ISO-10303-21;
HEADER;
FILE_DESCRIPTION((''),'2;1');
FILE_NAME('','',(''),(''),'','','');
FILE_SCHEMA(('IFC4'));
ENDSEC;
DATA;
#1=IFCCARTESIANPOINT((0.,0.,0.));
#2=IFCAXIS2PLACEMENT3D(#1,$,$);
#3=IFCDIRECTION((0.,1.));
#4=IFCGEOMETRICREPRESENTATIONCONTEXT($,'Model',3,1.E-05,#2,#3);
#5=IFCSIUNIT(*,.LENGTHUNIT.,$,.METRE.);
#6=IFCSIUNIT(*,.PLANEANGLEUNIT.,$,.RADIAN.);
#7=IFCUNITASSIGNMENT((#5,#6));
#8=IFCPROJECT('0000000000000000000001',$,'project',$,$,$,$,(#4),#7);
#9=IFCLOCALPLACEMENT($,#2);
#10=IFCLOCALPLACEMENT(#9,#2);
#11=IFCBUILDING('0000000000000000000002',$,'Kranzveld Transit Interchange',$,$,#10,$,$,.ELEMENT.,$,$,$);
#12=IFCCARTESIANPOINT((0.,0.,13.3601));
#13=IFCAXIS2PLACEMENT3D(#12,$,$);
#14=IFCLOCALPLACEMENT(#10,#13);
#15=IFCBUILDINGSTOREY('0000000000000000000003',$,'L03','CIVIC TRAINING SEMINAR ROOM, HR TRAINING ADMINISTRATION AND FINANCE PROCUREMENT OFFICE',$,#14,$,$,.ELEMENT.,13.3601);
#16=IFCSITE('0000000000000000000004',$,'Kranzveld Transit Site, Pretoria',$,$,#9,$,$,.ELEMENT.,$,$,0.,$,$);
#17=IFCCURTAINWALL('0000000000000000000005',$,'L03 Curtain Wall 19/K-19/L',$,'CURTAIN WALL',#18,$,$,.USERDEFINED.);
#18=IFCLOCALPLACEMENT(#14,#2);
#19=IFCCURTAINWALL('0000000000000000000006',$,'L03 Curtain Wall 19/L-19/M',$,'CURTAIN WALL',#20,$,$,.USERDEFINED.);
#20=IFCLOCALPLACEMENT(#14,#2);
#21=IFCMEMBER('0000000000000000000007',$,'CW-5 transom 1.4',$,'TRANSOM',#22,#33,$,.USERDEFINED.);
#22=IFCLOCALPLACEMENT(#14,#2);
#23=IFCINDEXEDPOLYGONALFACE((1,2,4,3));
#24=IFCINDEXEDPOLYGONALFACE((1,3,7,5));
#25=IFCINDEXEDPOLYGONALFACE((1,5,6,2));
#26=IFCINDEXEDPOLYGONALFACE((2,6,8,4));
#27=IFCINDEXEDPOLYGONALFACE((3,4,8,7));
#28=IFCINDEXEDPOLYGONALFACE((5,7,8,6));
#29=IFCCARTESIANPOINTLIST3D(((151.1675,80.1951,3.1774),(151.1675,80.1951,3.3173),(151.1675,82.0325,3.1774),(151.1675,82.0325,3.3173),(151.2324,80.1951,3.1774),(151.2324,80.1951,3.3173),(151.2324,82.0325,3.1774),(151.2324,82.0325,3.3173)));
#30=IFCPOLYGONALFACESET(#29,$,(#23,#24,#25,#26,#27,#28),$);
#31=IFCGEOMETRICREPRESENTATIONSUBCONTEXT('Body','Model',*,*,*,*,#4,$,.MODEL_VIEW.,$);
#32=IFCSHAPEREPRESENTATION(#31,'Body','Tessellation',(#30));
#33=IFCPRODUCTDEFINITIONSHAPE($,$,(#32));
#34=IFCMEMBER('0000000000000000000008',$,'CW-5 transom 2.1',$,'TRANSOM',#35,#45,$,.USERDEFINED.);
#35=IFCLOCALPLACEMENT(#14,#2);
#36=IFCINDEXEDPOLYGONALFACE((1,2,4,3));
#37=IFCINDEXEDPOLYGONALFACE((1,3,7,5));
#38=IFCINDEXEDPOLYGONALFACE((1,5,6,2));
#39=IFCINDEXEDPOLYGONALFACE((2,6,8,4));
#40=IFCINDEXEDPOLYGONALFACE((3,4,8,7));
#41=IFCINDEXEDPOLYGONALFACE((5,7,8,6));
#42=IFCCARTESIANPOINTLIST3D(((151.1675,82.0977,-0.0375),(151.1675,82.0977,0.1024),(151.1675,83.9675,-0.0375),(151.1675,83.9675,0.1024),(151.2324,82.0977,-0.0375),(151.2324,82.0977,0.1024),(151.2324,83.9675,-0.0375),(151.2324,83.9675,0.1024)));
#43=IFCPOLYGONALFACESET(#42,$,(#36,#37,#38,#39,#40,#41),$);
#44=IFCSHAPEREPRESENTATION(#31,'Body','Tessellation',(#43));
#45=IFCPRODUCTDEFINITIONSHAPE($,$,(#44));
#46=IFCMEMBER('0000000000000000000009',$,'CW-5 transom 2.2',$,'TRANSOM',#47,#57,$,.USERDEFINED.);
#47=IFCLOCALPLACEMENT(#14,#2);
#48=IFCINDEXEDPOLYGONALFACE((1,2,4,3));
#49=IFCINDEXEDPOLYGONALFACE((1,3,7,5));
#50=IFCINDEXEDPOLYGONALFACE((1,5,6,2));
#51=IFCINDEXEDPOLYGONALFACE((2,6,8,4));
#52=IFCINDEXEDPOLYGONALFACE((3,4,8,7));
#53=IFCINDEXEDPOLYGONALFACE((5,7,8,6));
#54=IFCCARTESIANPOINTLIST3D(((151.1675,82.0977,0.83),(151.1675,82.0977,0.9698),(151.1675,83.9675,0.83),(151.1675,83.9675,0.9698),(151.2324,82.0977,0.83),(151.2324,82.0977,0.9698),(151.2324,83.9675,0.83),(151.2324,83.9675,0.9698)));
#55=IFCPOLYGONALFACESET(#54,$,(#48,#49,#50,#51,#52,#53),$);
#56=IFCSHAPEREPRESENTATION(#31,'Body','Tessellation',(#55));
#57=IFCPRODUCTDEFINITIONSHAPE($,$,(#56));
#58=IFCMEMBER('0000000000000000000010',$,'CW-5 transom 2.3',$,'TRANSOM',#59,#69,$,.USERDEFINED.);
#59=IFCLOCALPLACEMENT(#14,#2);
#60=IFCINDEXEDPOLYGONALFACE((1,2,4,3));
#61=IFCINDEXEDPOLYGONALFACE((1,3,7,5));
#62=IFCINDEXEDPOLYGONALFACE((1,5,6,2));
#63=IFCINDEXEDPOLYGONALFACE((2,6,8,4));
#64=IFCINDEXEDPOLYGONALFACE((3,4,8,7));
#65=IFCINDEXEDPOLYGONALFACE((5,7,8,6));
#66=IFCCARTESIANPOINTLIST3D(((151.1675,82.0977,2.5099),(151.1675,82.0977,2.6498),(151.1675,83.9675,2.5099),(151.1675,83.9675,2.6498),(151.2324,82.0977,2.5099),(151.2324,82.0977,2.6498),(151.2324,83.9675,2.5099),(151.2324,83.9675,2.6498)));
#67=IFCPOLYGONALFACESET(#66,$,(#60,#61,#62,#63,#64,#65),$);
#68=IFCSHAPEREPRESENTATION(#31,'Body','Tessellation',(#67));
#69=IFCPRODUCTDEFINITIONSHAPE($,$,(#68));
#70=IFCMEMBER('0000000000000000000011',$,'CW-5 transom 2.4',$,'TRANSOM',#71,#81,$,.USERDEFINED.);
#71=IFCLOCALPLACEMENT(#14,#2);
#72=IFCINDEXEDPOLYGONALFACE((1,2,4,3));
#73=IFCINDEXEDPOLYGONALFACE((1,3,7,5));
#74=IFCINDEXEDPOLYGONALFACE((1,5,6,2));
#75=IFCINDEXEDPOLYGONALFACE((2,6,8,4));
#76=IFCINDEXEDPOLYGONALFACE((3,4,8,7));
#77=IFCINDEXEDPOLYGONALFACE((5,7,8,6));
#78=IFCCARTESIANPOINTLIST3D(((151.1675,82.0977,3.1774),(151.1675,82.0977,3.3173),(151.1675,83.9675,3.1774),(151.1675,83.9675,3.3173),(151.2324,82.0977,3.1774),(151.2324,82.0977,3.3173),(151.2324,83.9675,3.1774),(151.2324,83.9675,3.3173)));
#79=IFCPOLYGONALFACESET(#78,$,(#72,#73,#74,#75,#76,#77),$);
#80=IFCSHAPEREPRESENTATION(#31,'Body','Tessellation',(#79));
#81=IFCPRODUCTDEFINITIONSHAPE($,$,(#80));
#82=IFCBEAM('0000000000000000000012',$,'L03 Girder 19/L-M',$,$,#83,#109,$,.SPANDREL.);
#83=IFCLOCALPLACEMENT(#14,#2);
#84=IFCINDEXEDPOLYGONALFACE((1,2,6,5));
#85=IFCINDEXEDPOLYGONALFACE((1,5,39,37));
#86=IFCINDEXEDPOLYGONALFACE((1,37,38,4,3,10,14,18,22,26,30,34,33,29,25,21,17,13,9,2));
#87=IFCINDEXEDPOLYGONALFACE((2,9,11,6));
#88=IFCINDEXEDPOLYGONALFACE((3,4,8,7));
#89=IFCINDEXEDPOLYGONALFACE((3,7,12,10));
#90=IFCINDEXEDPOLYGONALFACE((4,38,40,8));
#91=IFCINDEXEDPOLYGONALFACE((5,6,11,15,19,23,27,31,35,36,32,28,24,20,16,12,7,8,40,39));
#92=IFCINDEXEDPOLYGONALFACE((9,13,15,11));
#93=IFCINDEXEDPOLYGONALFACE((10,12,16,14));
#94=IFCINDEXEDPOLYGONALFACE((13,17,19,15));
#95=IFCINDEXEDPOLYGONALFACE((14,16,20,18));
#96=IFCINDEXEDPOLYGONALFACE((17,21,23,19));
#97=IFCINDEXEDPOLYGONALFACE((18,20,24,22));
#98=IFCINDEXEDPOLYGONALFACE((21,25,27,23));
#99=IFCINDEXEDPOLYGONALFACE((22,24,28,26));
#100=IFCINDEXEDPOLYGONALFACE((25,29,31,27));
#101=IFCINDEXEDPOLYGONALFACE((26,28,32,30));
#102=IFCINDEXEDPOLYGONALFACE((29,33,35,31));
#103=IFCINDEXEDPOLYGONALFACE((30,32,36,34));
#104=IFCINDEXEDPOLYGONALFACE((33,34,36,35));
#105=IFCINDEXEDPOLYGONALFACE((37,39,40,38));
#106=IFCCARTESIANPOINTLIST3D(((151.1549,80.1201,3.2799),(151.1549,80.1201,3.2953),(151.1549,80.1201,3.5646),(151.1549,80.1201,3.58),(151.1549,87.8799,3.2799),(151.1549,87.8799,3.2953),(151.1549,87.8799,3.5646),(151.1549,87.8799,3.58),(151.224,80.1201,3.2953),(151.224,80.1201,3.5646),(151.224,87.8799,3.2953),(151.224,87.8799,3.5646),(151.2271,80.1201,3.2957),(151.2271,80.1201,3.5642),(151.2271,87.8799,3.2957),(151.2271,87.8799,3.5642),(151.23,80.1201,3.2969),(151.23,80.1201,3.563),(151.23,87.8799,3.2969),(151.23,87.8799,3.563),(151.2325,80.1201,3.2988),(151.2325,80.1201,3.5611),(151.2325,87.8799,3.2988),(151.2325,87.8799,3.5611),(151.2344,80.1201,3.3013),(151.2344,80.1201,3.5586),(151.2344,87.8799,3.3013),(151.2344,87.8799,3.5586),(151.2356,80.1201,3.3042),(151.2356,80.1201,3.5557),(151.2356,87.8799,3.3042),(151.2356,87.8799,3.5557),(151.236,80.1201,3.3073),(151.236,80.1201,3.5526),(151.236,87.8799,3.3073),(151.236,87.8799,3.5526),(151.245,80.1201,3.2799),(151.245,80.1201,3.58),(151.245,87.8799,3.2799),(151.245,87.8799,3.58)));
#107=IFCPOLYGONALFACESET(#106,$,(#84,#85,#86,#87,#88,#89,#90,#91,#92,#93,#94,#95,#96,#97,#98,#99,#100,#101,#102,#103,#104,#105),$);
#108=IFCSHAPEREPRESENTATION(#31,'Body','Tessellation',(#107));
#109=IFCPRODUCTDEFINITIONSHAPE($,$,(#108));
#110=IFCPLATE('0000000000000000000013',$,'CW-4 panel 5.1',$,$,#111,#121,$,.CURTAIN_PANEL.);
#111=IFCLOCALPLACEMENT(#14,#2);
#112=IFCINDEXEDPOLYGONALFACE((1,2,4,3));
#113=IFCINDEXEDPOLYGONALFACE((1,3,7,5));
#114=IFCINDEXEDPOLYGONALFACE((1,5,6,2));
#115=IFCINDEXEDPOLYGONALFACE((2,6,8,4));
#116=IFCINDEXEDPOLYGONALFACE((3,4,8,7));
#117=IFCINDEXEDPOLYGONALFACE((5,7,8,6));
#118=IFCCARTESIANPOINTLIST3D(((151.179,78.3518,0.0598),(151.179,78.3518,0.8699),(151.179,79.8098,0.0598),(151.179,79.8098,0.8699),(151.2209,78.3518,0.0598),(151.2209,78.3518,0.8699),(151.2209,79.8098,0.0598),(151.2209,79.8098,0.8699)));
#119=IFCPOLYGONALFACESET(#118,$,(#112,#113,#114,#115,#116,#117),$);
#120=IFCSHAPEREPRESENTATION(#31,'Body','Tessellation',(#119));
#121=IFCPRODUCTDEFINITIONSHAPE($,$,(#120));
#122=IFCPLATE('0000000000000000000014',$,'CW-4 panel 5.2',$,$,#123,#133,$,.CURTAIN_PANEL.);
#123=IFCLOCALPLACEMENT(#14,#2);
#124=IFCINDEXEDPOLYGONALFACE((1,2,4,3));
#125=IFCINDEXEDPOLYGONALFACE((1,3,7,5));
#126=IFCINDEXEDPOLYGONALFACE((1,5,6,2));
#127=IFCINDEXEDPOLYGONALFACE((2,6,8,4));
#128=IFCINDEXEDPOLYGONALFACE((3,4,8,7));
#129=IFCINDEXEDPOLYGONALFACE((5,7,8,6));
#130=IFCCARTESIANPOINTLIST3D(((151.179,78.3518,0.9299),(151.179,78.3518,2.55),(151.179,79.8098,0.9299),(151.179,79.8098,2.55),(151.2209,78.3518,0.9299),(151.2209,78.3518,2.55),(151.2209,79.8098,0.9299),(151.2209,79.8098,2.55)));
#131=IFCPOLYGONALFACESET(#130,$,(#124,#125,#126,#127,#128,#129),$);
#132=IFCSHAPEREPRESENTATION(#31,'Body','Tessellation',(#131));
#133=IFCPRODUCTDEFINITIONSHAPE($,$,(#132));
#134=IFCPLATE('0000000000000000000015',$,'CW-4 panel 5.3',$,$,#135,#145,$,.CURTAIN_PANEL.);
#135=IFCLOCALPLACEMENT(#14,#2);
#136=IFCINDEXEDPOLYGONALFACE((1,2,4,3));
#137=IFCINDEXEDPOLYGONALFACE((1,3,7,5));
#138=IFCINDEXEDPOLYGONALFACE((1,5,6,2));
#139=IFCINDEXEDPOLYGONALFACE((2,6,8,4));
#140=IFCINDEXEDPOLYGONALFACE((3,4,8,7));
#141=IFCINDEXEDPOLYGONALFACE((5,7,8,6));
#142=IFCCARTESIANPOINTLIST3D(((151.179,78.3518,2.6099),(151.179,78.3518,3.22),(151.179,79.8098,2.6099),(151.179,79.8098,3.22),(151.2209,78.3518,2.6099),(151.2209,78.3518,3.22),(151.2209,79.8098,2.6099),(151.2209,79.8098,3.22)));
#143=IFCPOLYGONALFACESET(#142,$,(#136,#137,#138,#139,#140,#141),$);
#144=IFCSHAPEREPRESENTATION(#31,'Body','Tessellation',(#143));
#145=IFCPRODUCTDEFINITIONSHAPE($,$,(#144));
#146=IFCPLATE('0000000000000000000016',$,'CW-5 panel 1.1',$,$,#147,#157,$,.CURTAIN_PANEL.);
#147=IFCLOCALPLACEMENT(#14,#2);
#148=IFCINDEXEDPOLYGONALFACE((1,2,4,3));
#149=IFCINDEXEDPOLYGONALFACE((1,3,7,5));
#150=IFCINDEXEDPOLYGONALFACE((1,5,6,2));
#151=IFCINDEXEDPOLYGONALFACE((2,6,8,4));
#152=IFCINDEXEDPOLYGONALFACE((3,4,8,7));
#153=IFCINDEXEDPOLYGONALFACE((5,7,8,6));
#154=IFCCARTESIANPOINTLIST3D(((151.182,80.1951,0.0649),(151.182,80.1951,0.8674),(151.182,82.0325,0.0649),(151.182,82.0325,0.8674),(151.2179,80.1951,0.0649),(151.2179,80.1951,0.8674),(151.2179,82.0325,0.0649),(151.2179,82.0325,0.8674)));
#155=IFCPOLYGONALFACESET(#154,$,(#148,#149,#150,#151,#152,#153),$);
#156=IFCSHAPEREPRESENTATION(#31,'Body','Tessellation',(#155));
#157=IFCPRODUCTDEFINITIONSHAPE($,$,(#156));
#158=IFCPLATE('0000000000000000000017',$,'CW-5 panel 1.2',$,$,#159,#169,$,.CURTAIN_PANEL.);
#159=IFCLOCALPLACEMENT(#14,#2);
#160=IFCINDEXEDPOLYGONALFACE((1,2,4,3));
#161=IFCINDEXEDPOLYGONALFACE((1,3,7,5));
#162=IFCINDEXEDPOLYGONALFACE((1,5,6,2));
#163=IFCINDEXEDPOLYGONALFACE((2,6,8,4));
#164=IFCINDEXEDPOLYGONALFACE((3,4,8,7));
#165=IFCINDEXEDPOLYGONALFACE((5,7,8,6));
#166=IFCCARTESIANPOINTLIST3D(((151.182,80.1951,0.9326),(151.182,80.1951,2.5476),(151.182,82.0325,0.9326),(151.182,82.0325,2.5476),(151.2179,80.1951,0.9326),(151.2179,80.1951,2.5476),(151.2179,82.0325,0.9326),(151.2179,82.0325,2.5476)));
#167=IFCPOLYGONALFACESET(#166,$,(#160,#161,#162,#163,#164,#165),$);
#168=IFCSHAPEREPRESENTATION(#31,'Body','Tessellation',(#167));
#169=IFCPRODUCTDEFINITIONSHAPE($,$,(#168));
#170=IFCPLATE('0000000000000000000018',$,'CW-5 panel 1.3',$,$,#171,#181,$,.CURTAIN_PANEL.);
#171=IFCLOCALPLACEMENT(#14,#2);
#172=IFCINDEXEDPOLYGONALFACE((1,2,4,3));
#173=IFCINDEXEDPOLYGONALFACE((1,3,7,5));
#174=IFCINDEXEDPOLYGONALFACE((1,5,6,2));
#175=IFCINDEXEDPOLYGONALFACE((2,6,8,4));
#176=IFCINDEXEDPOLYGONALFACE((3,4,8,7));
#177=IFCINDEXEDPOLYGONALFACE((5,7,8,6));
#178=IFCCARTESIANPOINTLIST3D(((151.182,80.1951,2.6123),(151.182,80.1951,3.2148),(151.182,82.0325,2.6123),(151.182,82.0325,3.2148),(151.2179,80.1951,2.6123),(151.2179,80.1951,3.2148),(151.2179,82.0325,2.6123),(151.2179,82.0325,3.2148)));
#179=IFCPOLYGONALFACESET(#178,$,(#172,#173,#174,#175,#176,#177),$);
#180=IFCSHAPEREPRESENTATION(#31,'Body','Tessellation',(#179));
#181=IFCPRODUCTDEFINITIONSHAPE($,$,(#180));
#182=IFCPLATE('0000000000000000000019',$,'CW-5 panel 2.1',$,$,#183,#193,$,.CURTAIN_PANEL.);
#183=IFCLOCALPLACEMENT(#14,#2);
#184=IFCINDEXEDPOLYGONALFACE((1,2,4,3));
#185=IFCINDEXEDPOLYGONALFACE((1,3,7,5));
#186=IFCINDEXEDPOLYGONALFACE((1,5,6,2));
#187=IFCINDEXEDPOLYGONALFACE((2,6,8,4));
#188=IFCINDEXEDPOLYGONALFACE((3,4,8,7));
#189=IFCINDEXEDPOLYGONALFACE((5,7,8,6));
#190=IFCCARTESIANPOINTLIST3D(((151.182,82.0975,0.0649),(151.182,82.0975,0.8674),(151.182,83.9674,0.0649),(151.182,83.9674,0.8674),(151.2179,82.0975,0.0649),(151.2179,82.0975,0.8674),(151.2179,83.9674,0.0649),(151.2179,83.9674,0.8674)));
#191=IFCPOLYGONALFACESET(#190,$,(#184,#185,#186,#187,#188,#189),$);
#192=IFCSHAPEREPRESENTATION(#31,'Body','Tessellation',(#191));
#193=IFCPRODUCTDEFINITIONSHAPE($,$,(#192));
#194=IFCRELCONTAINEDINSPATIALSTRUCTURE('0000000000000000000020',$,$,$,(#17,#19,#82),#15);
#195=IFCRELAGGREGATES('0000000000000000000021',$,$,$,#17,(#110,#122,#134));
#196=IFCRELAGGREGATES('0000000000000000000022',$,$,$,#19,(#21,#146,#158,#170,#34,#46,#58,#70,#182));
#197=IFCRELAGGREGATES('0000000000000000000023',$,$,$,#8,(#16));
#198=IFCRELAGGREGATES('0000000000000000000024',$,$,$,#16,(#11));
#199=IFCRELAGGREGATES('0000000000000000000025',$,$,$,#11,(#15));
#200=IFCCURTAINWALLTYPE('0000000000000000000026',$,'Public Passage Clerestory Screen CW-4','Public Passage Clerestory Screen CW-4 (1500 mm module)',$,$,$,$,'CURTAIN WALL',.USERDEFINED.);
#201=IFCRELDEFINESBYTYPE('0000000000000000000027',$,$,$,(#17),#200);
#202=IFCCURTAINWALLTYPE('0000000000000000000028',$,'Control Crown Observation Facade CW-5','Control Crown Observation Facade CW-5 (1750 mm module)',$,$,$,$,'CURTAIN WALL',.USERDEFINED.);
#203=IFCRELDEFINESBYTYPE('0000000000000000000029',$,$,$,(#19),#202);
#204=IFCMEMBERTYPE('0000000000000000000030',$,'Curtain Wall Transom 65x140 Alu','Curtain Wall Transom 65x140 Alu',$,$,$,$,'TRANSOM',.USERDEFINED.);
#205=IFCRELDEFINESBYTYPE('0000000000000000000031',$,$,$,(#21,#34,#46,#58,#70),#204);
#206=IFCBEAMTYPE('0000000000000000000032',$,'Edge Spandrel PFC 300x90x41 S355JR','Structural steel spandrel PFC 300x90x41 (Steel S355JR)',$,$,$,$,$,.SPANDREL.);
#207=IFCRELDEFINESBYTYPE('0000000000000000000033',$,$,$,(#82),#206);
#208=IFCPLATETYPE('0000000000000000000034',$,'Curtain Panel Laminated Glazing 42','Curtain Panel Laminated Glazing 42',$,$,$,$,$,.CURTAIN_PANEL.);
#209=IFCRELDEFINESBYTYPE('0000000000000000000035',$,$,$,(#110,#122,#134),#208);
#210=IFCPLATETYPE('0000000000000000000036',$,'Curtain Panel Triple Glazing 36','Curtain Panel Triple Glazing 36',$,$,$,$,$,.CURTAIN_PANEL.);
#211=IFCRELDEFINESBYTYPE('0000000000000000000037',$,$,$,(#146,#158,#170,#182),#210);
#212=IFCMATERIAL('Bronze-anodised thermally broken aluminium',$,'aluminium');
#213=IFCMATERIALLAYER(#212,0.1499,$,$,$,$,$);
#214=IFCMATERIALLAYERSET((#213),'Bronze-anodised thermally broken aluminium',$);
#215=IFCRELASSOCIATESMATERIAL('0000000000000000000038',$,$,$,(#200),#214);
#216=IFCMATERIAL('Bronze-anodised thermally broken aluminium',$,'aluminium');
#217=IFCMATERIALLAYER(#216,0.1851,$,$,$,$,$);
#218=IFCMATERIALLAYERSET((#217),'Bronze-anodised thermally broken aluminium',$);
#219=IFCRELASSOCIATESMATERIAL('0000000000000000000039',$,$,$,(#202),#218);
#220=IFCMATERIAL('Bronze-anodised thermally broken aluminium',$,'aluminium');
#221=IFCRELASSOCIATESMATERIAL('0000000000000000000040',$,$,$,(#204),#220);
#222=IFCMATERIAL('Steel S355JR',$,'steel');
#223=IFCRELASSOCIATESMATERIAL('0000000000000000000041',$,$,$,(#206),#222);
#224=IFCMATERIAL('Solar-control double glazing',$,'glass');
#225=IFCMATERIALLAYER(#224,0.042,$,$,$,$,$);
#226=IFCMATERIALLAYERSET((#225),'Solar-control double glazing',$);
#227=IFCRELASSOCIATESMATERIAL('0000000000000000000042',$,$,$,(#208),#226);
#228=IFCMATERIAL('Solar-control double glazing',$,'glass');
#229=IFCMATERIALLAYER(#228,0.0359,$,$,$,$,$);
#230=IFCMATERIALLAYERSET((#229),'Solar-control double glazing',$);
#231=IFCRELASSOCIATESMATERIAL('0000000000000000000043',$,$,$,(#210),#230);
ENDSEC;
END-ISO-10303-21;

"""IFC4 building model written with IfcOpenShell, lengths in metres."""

from ifc_helpers import new_model, si_unit, direction, frame, origin, origin_2d, place, context, subcontext, project, spatial, rectangle, u_section, extrude, material, layer, layer_set, material_profile, profile_set, type_object, element, aggregate, save


model = new_model("IFC4")

# Units and contexts
model_context = context("Model", 3, precision=1e-05, world=origin(), true_north=direction((0.0, 1.0)))
body_context = subcontext(model_context, "Body", "Model", "MODEL_VIEW")
ifc_project = project(units=[si_unit("LENGTHUNIT", "METRE"), si_unit("PLANEANGLEUNIT", "RADIAN")], contexts=[model_context])

# Site, building, storey
site_placement = place(None, origin())
site = spatial("IfcSite", under=ifc_project, at=site_placement, Name="Kranzveld Transit Site, Pretoria", CompositionType="ELEMENT", RefElevation=0.0)
building_placement = place(site_placement, origin())
building = spatial("IfcBuilding", under=site, at=building_placement, Name="Kranzveld Transit Interchange", CompositionType="ELEMENT")
storey_placement = place(building_placement, frame((0.0, 0.0, 13.3601)))
storey = spatial("IfcBuildingStorey", under=building, at=storey_placement, Name="L03", Description="CIVIC TRAINING SEMINAR ROOM, HR TRAINING ADMINISTRATION AND FINANCE PROCUREMENT OFFICE", CompositionType="ELEMENT", Elevation=13.3601)

# Curtain wall
ifc_material_1 = material(Name="Bronze-anodised thermally broken aluminium", Category="aluminium")
ifc_layer_1 = layer(ifc_material_1, 0.1499)
ifc_layer_set_1 = layer_set([ifc_layer_1], Name="Bronze-anodised thermally broken aluminium")
curtain_wall_type_1 = type_object("IfcCurtainWallType", Name="Public Passage Clerestory Screen CW-4", Description="Public Passage Clerestory Screen CW-4 (1500 mm module)", ElementType="CURTAIN WALL", PredefinedType="USERDEFINED", material=ifc_layer_set_1)
curtain_wall_1_placement = place(storey_placement, origin())
curtain_wall_1 = element("IfcCurtainWall", 1, at=curtain_wall_1_placement, inside=storey, type_object=curtain_wall_type_1, Name="L03 Curtain Wall 19/K-19/L", ObjectType="CURTAIN WALL", PredefinedType="USERDEFINED")

# Curtain wall
ifc_material_2 = material(Name="Bronze-anodised thermally broken aluminium", Category="aluminium")
ifc_layer_2 = layer(ifc_material_2, 0.1851)
ifc_layer_set_2 = layer_set([ifc_layer_2], Name="Bronze-anodised thermally broken aluminium")
curtain_wall_type_2 = type_object("IfcCurtainWallType", Name="Control Crown Observation Facade CW-5", Description="Control Crown Observation Facade CW-5 (1750 mm module)", ElementType="CURTAIN WALL", PredefinedType="USERDEFINED", material=ifc_layer_set_2)
curtain_wall_2_placement = place(storey_placement, origin())
curtain_wall_2 = element("IfcCurtainWall", 2, at=curtain_wall_2_placement, inside=storey, type_object=curtain_wall_type_2, Name="L03 Curtain Wall 19/L-19/M", ObjectType="CURTAIN WALL", PredefinedType="USERDEFINED")

# Members
ifc_material_3 = material(Name="Bronze-anodised thermally broken aluminium", Category="aluminium")
ifc_material_profile_1 = material_profile(ifc_material_3, rectangle(XDim=0.0649, YDim=0.1399, at=origin_2d()), Name="ALU TRANSOM 65x140")
ifc_profile_set_1 = profile_set([ifc_material_profile_1], Name="Bronze-anodised thermally broken aluminium")
member_type_1 = type_object("IfcMemberType", Name="Curtain Wall Transom 65x140 Alu", Description="Curtain Wall Transom 65x140 Alu", ElementType="TRANSOM", PredefinedType="USERDEFINED", material=ifc_profile_set_1)
member_1_placement = place(storey_placement, frame((151.2, 80.1951, 3.2473), z_axis=(0.0, 1.0, 0.0), x_axis=(-1.0, 0.0, 0.0)))
member_1 = element("IfcMember", 3, at=member_1_placement, type_object=member_type_1, Name="CW-5 transom 1.4", ObjectType="TRANSOM", PredefinedType="USERDEFINED", context=body_context, shape_type="SweptSolid", body=[
    extrude(rectangle(XDim=0.0649, YDim=0.1399, at=origin_2d()), origin(), (0.0, 0.0, 1.0), 1.8374),
])
member_2_placement = place(storey_placement, frame((151.2, 82.0977, 0.0325), z_axis=(0.0, 1.0, 0.0), x_axis=(-1.0, 0.0, 0.0)))
member_2 = element("IfcMember", 4, at=member_2_placement, type_object=member_type_1, Name="CW-5 transom 2.1", ObjectType="TRANSOM", PredefinedType="USERDEFINED", context=body_context, shape_type="SweptSolid", body=[
    extrude(rectangle(XDim=0.0649, YDim=0.1399, at=origin_2d()), origin(), (0.0, 0.0, 1.0), 1.8699),
])
member_3_placement = place(storey_placement, frame((151.2, 82.0977, 0.8999), z_axis=(0.0, 1.0, 0.0), x_axis=(-1.0, 0.0, 0.0)))
member_3 = element("IfcMember", 5, at=member_3_placement, type_object=member_type_1, Name="CW-5 transom 2.2", ObjectType="TRANSOM", PredefinedType="USERDEFINED", context=body_context, shape_type="SweptSolid", body=[
    extrude(rectangle(XDim=0.0649, YDim=0.1399, at=origin_2d()), origin(), (0.0, 0.0, 1.0), 1.8699),
])
member_4_placement = place(storey_placement, frame((151.2, 82.0977, 2.5798), z_axis=(0.0, 1.0, 0.0), x_axis=(-1.0, 0.0, 0.0)))
member_4 = element("IfcMember", 6, at=member_4_placement, type_object=member_type_1, Name="CW-5 transom 2.3", ObjectType="TRANSOM", PredefinedType="USERDEFINED", context=body_context, shape_type="SweptSolid", body=[
    extrude(rectangle(XDim=0.0649, YDim=0.1399, at=origin_2d()), origin(), (0.0, 0.0, 1.0), 1.8699),
])
member_5_placement = place(storey_placement, frame((151.2, 82.0977, 3.2473), z_axis=(0.0, 1.0, 0.0), x_axis=(-1.0, 0.0, 0.0)))
member_5 = element("IfcMember", 7, at=member_5_placement, type_object=member_type_1, Name="CW-5 transom 2.4", ObjectType="TRANSOM", PredefinedType="USERDEFINED", context=body_context, shape_type="SweptSolid", body=[
    extrude(rectangle(XDim=0.0649, YDim=0.1399, at=origin_2d()), origin(), (0.0, 0.0, 1.0), 1.8699),
])

# Beam
ifc_material_4 = material(Name="Steel S355JR", Category="steel")
ifc_material_profile_2 = material_profile(ifc_material_4, u_section(Depth=0.3, FlangeWidth=0.0901, WebThickness=0.009, FlangeThickness=0.0154, FilletRadius=0.012, at=origin_2d()), Name="PFC 300x90x41")
ifc_profile_set_2 = profile_set([ifc_material_profile_2], Name="Steel S355JR")
beam_type = type_object("IfcBeamType", Name="Edge Spandrel PFC 300x90x41 S355JR", Description="Structural steel spandrel PFC 300x90x41 (Steel S355JR)", PredefinedType="SPANDREL", material=ifc_profile_set_2)
beam_placement = place(storey_placement, frame((151.2, 80.1201, 3.4299), z_axis=(0.0, 1.0, 0.0), x_axis=(-1.0, 0.0, 0.0)))
element("IfcBeam", 8, at=beam_placement, inside=storey, type_object=beam_type, Name="L03 Girder 19/L-M", PredefinedType="SPANDREL", context=body_context, shape_type="SweptSolid", body=[
    extrude(u_section(Depth=0.3, FlangeWidth=0.0901, WebThickness=0.009, FlangeThickness=0.0154, FilletRadius=0.012, at=origin_2d()), origin(), (0.0, 0.0, 1.0), 7.7598),
])

# Plates
ifc_material_5 = material(Name="Solar-control double glazing", Category="glass")
ifc_layer_3 = layer(ifc_material_5, 0.042)
ifc_layer_set_3 = layer_set([ifc_layer_3], Name="Solar-control double glazing")
plate_type_1 = type_object("IfcPlateType", Name="Curtain Panel Laminated Glazing 42", Description="Curtain Panel Laminated Glazing 42", PredefinedType="CURTAIN_PANEL", material=ifc_layer_set_3)
plate_1_placement = place(storey_placement, frame((151.2, 79.0808, 0.0598), z_axis=(0.0, 0.0, 1.0), x_axis=(0.0, 1.0, 0.0)))
plate_1 = element("IfcPlate", 9, at=plate_1_placement, type_object=plate_type_1, Name="CW-4 panel 5.1", PredefinedType="CURTAIN_PANEL", context=body_context, shape_type="SweptSolid", body=[
    extrude(rectangle(XDim=1.458, YDim=0.042, at=origin_2d()), origin(), (0.0, 0.0, 1.0), 0.8101),
])
plate_2_placement = place(storey_placement, frame((151.2, 79.0808, 0.9299), z_axis=(0.0, 0.0, 1.0), x_axis=(0.0, 1.0, 0.0)))
plate_2 = element("IfcPlate", 10, at=plate_2_placement, type_object=plate_type_1, Name="CW-4 panel 5.2", PredefinedType="CURTAIN_PANEL", context=body_context, shape_type="SweptSolid", body=[
    extrude(rectangle(XDim=1.458, YDim=0.042, at=origin_2d()), origin(), (0.0, 0.0, 1.0), 1.6201),
])
plate_3_placement = place(storey_placement, frame((151.2, 79.0808, 2.6099), z_axis=(0.0, 0.0, 1.0), x_axis=(0.0, 1.0, 0.0)))
plate_3 = element("IfcPlate", 11, at=plate_3_placement, type_object=plate_type_1, Name="CW-4 panel 5.3", PredefinedType="CURTAIN_PANEL", context=body_context, shape_type="SweptSolid", body=[
    extrude(rectangle(XDim=1.458, YDim=0.042, at=origin_2d()), origin(), (0.0, 0.0, 1.0), 0.6101),
])
aggregate(curtain_wall_1, [plate_1, plate_2, plate_3])
ifc_material_6 = material(Name="Solar-control double glazing", Category="glass")
ifc_layer_4 = layer(ifc_material_6, 0.0359)
ifc_layer_set_4 = layer_set([ifc_layer_4], Name="Solar-control double glazing")
plate_type_2 = type_object("IfcPlateType", Name="Curtain Panel Triple Glazing 36", Description="Curtain Panel Triple Glazing 36", PredefinedType="CURTAIN_PANEL", material=ifc_layer_set_4)
plate_4_placement = place(storey_placement, frame((151.2, 81.1138, 0.0649), z_axis=(0.0, 0.0, 1.0), x_axis=(0.0, 1.0, 0.0)))
plate_4 = element("IfcPlate", 12, at=plate_4_placement, type_object=plate_type_2, Name="CW-5 panel 1.1", PredefinedType="CURTAIN_PANEL", context=body_context, shape_type="SweptSolid", body=[
    extrude(rectangle(XDim=1.8374, YDim=0.0359, at=origin_2d()), origin(), (0.0, 0.0, 1.0), 0.8025),
])
plate_5_placement = place(storey_placement, frame((151.2, 81.1138, 0.9326), z_axis=(0.0, 0.0, 1.0), x_axis=(0.0, 1.0, 0.0)))
plate_5 = element("IfcPlate", 13, at=plate_5_placement, type_object=plate_type_2, Name="CW-5 panel 1.2", PredefinedType="CURTAIN_PANEL", context=body_context, shape_type="SweptSolid", body=[
    extrude(rectangle(XDim=1.8374, YDim=0.0359, at=origin_2d()), origin(), (0.0, 0.0, 1.0), 1.615),
])
plate_6_placement = place(storey_placement, frame((151.2, 81.1138, 2.6123), z_axis=(0.0, 0.0, 1.0), x_axis=(0.0, 1.0, 0.0)))
plate_6 = element("IfcPlate", 14, at=plate_6_placement, type_object=plate_type_2, Name="CW-5 panel 1.3", PredefinedType="CURTAIN_PANEL", context=body_context, shape_type="SweptSolid", body=[
    extrude(rectangle(XDim=1.8374, YDim=0.0359, at=origin_2d()), origin(), (0.0, 0.0, 1.0), 0.6025),
])
plate_7_placement = place(storey_placement, frame((151.2, 83.0325, 0.0649), z_axis=(0.0, 0.0, 1.0), x_axis=(0.0, 1.0, 0.0)))
plate_7 = element("IfcPlate", 15, at=plate_7_placement, type_object=plate_type_2, Name="CW-5 panel 2.1", PredefinedType="CURTAIN_PANEL", context=body_context, shape_type="SweptSolid", body=[
    extrude(rectangle(XDim=1.8699, YDim=0.0359, at=origin_2d()), origin(), (0.0, 0.0, 1.0), 0.8025),
])
aggregate(curtain_wall_2, [member_1, plate_4, plate_5, plate_6, member_2, member_3, member_4, member_5, plate_7])

save(model, "model.ifc")
